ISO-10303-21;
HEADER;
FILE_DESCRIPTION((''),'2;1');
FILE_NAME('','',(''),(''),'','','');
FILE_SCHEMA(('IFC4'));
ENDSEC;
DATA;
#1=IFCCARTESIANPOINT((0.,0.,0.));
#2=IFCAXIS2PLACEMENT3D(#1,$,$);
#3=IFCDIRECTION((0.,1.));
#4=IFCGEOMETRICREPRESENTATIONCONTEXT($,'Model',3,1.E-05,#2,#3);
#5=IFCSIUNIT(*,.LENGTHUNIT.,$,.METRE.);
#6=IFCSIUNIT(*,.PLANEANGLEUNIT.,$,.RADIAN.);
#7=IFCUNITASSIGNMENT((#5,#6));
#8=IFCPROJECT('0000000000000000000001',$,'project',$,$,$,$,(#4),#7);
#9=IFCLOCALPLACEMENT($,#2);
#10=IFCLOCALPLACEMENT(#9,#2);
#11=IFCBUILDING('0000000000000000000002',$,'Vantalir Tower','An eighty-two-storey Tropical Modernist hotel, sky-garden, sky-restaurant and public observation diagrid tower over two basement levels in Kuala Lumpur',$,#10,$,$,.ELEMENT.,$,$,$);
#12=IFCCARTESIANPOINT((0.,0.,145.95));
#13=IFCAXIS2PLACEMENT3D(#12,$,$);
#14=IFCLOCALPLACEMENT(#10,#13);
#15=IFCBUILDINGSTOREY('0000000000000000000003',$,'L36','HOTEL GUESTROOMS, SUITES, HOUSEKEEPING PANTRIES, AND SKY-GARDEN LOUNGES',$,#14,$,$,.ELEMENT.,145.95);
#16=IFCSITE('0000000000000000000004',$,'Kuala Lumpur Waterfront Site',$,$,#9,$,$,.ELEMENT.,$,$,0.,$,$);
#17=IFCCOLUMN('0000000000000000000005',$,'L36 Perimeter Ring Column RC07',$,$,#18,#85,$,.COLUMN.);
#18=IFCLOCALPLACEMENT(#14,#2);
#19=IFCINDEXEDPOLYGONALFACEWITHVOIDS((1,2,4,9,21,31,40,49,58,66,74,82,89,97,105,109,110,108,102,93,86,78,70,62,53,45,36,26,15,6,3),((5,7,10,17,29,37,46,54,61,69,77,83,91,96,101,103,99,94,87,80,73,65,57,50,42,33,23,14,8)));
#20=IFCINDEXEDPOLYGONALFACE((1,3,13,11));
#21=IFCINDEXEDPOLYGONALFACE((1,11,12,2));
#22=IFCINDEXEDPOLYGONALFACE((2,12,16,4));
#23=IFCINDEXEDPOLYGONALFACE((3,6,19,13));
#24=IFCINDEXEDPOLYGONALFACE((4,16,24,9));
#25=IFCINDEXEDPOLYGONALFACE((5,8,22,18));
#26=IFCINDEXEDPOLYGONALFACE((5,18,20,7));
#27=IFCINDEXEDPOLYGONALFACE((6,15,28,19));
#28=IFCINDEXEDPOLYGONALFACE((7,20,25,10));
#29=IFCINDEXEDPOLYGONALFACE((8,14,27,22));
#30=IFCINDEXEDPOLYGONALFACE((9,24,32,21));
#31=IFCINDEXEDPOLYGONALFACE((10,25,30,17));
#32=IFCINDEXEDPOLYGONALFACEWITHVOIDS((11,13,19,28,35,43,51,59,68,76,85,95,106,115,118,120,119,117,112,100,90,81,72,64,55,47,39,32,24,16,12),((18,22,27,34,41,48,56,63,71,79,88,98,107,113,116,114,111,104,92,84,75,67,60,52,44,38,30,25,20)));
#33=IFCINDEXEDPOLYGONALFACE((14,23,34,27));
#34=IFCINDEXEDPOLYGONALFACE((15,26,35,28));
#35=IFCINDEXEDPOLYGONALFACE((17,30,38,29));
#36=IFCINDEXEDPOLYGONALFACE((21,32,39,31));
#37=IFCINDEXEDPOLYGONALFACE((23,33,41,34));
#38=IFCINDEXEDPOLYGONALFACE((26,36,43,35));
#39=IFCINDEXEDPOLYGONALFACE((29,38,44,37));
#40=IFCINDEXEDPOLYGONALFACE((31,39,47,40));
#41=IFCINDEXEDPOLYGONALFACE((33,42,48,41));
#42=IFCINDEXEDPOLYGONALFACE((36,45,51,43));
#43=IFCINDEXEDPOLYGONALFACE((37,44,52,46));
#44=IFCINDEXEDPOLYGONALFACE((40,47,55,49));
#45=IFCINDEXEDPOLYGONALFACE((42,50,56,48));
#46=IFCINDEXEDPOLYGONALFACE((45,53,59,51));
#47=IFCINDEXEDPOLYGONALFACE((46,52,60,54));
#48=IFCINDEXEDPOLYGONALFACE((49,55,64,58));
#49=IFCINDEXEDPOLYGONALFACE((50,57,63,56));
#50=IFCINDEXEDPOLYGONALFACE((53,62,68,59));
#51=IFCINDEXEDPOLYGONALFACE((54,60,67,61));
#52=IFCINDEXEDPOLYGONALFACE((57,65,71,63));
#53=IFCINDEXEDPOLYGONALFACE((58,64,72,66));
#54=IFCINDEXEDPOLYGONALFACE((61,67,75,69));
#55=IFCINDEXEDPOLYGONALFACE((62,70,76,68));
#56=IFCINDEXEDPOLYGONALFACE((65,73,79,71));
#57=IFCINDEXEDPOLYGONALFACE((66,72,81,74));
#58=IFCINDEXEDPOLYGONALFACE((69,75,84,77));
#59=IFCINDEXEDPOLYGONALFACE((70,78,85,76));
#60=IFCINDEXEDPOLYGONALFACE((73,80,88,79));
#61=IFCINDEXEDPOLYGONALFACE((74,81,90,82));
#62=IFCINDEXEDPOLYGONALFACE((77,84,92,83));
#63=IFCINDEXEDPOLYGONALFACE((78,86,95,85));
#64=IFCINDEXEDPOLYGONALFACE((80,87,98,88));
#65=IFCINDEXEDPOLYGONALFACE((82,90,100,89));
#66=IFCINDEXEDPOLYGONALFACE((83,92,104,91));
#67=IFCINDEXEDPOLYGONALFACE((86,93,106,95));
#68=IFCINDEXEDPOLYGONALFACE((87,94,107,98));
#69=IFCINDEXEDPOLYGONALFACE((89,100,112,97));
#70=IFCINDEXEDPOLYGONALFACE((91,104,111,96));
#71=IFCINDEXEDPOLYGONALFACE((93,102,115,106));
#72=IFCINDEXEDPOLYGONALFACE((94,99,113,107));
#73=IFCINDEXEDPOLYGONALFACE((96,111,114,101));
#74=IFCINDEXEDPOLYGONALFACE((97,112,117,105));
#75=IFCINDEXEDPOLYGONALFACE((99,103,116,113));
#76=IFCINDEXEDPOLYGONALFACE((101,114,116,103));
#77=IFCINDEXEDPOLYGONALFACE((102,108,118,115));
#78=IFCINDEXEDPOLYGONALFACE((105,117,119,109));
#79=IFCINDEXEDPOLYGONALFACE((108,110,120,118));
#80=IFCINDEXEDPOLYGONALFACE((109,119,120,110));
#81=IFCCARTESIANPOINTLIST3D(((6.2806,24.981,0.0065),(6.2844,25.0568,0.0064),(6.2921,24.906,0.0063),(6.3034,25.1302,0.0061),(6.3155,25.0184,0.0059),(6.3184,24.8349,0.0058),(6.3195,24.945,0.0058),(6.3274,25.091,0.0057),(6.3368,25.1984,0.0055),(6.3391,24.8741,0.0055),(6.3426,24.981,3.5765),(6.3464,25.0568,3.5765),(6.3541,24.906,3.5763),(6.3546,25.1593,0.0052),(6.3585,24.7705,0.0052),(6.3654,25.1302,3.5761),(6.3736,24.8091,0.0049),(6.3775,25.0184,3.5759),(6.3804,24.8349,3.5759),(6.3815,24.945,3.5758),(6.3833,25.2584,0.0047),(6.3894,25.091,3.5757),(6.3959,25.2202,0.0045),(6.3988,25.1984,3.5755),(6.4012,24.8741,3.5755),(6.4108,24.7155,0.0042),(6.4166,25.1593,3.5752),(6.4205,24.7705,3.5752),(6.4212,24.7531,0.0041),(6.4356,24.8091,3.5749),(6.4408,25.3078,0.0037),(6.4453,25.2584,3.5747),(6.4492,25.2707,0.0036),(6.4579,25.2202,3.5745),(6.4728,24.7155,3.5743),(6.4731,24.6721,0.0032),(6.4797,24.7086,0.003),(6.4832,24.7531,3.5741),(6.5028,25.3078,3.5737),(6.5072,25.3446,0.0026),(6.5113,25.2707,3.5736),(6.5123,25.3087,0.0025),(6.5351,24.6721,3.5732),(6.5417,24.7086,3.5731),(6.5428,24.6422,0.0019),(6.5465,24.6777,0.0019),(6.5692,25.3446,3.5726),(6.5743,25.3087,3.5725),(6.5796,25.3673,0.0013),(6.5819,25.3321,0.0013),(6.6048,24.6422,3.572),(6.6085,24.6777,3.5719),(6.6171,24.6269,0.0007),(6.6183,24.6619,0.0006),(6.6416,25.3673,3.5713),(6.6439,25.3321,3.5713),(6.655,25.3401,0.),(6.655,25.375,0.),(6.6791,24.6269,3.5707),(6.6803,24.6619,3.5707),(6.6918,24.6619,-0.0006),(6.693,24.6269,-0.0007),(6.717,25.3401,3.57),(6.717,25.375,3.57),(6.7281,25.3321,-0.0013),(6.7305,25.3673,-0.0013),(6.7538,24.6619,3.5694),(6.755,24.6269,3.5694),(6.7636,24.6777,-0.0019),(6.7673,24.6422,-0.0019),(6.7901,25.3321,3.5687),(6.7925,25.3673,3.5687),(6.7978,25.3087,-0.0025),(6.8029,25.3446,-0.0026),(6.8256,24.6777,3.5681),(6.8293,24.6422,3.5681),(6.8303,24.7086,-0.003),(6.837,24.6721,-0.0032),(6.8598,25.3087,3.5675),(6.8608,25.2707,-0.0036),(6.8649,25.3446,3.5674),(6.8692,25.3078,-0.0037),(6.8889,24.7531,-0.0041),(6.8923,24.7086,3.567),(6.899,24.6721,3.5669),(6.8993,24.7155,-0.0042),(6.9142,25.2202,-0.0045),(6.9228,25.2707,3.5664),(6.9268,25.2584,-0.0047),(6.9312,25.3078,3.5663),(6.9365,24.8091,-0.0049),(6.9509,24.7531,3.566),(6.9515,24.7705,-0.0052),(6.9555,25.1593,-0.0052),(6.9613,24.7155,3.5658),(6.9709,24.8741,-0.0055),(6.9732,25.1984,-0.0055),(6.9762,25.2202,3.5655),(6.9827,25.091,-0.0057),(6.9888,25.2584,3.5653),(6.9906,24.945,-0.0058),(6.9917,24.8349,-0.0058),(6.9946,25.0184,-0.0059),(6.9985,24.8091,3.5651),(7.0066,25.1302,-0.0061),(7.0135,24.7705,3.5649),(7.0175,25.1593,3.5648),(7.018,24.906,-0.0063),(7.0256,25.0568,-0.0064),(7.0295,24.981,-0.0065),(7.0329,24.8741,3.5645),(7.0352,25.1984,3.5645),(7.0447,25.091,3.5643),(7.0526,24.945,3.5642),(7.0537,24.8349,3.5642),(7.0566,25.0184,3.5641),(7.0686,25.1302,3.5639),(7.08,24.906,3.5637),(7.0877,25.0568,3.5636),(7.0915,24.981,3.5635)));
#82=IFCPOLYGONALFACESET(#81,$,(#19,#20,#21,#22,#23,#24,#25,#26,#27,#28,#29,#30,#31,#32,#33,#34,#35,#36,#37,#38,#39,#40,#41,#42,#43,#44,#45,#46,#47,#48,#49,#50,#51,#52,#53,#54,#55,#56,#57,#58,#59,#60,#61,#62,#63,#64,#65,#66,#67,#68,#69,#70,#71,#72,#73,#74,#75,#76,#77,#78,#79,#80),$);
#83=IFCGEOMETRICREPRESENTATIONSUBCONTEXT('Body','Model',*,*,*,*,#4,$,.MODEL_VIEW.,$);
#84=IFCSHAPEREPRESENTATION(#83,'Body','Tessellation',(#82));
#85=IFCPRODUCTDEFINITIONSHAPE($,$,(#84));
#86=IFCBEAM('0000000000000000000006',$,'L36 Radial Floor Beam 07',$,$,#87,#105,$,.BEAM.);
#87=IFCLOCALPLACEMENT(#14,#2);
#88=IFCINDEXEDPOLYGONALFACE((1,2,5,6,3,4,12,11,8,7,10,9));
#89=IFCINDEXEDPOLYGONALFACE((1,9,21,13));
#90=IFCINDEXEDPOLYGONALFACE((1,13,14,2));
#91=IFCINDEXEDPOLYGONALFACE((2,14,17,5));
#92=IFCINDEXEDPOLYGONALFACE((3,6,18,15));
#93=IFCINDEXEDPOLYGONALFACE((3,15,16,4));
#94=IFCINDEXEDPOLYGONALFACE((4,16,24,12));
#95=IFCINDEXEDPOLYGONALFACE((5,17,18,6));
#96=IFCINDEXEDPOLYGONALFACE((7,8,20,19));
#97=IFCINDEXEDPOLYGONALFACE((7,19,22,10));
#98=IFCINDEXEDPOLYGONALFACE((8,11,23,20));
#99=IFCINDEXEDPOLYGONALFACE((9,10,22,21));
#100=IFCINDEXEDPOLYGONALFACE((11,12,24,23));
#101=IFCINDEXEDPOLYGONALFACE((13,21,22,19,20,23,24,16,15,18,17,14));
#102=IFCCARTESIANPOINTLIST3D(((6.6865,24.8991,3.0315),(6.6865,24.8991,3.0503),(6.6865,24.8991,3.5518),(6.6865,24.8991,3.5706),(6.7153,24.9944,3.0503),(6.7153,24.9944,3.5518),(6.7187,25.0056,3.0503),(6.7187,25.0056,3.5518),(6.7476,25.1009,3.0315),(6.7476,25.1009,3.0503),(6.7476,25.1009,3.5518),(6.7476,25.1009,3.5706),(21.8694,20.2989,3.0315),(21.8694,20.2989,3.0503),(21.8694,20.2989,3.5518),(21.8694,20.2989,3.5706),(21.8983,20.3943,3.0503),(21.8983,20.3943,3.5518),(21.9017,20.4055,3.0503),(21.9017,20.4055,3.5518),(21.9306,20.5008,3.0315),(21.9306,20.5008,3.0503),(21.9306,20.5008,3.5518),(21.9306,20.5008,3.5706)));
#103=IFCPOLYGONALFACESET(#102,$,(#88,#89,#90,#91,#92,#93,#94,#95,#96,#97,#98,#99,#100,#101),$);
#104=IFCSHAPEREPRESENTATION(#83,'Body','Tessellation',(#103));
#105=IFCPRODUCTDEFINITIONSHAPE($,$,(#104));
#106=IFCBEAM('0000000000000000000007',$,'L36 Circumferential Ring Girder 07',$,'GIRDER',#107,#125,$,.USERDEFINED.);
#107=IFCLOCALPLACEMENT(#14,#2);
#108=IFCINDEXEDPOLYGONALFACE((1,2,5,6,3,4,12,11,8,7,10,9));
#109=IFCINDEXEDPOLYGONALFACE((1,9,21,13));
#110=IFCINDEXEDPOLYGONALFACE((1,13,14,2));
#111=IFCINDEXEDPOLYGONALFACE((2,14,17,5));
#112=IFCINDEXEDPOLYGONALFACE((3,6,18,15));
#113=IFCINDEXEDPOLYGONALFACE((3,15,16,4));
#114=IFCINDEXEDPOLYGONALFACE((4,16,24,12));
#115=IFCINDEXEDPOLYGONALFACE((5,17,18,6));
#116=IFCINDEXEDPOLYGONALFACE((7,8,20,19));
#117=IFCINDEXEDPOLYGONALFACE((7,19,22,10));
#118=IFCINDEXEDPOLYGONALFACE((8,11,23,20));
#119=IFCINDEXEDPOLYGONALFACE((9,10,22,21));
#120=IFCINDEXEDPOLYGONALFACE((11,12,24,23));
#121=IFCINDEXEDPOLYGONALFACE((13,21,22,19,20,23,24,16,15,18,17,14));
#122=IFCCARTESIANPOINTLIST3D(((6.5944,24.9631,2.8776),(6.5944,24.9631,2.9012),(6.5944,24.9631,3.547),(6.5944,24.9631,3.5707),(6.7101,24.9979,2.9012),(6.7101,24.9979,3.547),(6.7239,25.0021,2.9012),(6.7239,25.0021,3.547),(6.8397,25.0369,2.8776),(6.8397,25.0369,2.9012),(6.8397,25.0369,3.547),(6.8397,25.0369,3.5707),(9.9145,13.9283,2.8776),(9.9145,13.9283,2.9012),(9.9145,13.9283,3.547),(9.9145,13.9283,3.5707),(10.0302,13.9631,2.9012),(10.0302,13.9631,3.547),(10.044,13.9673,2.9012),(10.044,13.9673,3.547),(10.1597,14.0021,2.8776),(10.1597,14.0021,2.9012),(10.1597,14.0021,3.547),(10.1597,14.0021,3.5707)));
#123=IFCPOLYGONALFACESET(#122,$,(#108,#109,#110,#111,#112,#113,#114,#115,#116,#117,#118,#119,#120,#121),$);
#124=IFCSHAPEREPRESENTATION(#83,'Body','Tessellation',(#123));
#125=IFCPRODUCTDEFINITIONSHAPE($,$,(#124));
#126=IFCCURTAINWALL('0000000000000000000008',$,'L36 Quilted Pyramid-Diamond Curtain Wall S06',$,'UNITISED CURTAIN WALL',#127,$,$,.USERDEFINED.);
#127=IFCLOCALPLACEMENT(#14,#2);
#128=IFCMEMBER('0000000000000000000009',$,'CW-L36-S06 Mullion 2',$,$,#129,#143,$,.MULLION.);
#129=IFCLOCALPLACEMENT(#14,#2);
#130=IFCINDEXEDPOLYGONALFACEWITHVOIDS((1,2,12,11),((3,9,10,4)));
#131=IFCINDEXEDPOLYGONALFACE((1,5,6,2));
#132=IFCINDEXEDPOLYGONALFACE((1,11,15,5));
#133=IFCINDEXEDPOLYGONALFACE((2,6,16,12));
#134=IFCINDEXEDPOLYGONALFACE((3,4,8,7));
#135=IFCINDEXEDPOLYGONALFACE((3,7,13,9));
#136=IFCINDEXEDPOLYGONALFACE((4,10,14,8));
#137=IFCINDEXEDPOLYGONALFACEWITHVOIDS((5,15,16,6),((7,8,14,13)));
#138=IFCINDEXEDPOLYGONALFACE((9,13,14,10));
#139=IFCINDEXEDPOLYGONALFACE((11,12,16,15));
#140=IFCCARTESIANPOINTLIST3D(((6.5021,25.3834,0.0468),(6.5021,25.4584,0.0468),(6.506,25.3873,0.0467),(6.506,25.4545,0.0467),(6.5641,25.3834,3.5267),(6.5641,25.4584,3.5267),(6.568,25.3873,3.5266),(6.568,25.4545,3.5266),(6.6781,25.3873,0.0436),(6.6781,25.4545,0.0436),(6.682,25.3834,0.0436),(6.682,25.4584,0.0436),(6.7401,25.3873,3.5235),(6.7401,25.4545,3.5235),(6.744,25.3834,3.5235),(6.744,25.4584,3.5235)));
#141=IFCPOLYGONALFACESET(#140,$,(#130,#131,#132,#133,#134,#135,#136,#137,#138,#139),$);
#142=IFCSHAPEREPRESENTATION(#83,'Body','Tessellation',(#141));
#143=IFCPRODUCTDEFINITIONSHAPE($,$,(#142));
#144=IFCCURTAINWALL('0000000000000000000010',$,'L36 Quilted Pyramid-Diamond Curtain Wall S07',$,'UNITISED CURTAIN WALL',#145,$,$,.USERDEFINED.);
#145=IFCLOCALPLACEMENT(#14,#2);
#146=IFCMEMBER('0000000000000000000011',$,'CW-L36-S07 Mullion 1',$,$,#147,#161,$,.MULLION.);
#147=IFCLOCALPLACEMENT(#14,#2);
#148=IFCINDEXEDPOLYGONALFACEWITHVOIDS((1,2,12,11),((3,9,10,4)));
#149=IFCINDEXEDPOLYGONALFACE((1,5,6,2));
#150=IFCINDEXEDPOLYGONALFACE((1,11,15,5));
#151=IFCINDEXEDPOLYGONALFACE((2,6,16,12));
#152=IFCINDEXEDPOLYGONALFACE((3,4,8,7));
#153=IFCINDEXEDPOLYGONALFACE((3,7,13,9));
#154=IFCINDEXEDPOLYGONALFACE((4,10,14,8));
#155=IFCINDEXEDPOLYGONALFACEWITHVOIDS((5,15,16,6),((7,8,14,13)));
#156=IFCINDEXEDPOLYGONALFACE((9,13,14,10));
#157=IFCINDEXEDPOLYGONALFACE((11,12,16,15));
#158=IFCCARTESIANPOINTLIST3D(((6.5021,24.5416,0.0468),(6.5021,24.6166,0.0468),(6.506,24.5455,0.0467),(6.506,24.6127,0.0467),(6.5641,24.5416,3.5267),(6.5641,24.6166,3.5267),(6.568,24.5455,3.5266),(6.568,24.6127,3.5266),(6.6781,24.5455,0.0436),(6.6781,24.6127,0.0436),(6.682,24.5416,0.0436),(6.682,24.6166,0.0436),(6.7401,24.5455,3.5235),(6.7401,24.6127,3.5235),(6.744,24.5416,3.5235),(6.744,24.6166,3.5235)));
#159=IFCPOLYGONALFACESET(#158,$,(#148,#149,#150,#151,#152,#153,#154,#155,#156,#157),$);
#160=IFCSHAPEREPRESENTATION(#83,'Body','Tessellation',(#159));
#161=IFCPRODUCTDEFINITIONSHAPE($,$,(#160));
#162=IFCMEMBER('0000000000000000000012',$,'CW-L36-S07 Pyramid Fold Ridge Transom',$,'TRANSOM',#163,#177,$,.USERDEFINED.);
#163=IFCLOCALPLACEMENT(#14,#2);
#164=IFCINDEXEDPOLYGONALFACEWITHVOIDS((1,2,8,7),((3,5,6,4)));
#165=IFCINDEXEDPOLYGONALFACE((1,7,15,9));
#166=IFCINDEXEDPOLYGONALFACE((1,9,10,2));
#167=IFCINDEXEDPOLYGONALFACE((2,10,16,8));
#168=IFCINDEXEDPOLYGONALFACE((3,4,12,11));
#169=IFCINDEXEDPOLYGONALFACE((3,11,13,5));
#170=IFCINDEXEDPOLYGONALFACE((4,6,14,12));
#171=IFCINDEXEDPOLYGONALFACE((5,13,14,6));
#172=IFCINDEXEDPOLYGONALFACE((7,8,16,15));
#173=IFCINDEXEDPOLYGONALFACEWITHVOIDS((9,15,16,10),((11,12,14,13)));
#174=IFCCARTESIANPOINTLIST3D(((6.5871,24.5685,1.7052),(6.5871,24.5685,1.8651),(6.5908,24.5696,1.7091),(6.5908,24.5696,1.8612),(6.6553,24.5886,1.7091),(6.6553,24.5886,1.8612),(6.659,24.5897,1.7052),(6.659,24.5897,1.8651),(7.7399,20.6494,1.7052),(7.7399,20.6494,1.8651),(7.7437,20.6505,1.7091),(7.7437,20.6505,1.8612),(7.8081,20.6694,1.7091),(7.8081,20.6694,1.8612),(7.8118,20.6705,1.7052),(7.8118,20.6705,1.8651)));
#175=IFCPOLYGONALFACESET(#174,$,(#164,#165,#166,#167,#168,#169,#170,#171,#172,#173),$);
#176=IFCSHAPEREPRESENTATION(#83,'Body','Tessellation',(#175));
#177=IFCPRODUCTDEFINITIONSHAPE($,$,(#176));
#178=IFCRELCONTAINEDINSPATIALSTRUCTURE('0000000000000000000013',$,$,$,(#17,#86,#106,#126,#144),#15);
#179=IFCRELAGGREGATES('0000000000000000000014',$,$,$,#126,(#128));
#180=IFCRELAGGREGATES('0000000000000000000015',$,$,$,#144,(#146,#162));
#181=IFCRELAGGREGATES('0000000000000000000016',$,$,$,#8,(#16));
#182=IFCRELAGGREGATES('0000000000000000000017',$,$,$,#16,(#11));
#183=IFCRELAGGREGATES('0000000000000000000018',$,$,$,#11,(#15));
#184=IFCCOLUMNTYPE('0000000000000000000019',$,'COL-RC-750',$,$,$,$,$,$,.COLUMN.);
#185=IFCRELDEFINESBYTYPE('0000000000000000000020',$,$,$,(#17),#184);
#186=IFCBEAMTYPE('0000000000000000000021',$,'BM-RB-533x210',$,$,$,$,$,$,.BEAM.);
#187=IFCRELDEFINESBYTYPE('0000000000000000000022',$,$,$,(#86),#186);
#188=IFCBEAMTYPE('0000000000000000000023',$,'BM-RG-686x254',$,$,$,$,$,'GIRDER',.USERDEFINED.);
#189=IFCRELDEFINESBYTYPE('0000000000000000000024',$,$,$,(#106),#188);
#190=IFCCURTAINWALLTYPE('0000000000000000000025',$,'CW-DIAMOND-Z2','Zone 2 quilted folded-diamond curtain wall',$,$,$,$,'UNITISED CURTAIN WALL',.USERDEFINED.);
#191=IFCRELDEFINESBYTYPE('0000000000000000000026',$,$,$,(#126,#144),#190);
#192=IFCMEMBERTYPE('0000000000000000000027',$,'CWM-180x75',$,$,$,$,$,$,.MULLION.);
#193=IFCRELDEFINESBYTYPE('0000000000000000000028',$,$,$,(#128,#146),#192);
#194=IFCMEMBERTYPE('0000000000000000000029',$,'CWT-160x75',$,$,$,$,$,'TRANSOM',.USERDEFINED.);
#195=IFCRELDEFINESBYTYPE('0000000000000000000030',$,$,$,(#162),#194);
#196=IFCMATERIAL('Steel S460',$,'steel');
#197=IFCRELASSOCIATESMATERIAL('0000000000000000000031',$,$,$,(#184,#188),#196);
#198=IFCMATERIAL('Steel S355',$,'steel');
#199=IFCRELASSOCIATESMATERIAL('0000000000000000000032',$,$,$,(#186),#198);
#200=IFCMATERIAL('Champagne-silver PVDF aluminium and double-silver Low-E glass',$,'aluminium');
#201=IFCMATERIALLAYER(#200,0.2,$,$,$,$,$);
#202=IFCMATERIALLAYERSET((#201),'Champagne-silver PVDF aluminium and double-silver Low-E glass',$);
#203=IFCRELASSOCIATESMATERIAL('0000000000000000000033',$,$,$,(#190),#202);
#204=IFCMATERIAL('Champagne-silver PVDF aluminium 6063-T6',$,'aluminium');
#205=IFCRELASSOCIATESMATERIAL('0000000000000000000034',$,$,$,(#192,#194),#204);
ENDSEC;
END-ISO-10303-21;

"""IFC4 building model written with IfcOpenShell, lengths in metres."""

from ifc_helpers import new_model, si_unit, direction, frame, origin, origin_2d, place, context, subcontext, project, spatial, hollow_rectangle, hollow_circle, i_section, extrude, material, layer, layer_set, material_profile, profile_set, type_object, element, aggregate, save


model = new_model("IFC4")

# Units and contexts
model_context = context("Model", 3, precision=1e-05, world=origin(), true_north=direction((0.0, 1.0)))
body_context = subcontext(model_context, "Body", "Model", "MODEL_VIEW")
ifc_project = project(units=[si_unit("LENGTHUNIT", "METRE"), si_unit("PLANEANGLEUNIT", "RADIAN")], contexts=[model_context])

# Site, building, storey
site_placement = place(None, origin())
site = spatial("IfcSite", under=ifc_project, at=site_placement, Name="Kuala Lumpur Waterfront Site", CompositionType="ELEMENT", RefElevation=0.0)
building_placement = place(site_placement, origin())
building = spatial("IfcBuilding", under=site, at=building_placement, Name="Vantalir Tower", Description="An eighty-two-storey Tropical Modernist hotel, sky-garden, sky-restaurant and public observation diagrid tower over two basement levels in Kuala Lumpur", CompositionType="ELEMENT")
storey_placement = place(building_placement, frame((0.0, 0.0, 145.95)))
storey = spatial("IfcBuildingStorey", under=building, at=storey_placement, Name="L36", Description="HOTEL GUESTROOMS, SUITES, HOUSEKEEPING PANTRIES, AND SKY-GARDEN LOUNGES", CompositionType="ELEMENT", Elevation=145.95)

# Column
ifc_material_1 = material(Name="Steel S460", Category="steel")
ifc_material_profile_1 = material_profile(ifc_material_1, hollow_circle(Radius=0.375, WallThickness=0.0349, at=origin_2d()), Name="Steel S460")
ifc_profile_set_1 = profile_set([ifc_material_profile_1], Name="Steel S460")
column_type = type_object("IfcColumnType", Name="COL-RC-750", PredefinedType="COLUMN", material=ifc_profile_set_1)
column_placement = place(storey_placement, frame((6.655, 25.0, 0.0), z_axis=(0.017367, 0.0, 0.999849), x_axis=(0.0, 1.0, 0.0)))
element("IfcColumn", 1, at=column_placement, inside=storey, type_object=column_type, Name="L36 Perimeter Ring Column RC07", PredefinedType="COLUMN", context=body_context, shape_type="SweptSolid", body=[
    extrude(hollow_circle(Radius=0.375, WallThickness=0.0349, at=origin_2d()), origin(), (0.0, 0.0, 1.0), 3.5706),
])

# Beams
ifc_material_2 = material(Name="Steel S355", Category="steel")
ifc_material_profile_2 = material_profile(ifc_material_2, i_section(OverallWidth=0.2109, OverallDepth=0.5391, WebThickness=0.0117, FlangeThickness=0.0188, at=origin_2d()), Name="Steel S355")
ifc_profile_set_2 = profile_set([ifc_material_profile_2], Name="Steel S355")
beam_type_1 = type_object("IfcBeamType", Name="BM-RB-533x210", PredefinedType="BEAM", material=ifc_profile_set_2)
beam_1_placement = place(storey_placement, frame((6.717, 25.0, 3.301), z_axis=(0.957038, -0.289963, 0.0), x_axis=(0.289963, 0.957038, 0.0)))
element("IfcBeam", 2, at=beam_1_placement, inside=storey, type_object=beam_type_1, Name="L36 Radial Floor Beam 07", PredefinedType="BEAM", context=body_context, shape_type="SweptSolid", body=[
    extrude(i_section(OverallWidth=0.2109, OverallDepth=0.5391, WebThickness=0.0117, FlangeThickness=0.0188, at=origin_2d()), origin(), (0.0, 0.0, 1.0), 15.8645),
])
ifc_material_profile_3 = material_profile(ifc_material_1, i_section(OverallWidth=0.2561, OverallDepth=0.6931, WebThickness=0.0144, FlangeThickness=0.0237, at=origin_2d()), Name="Steel S460")
ifc_profile_set_3 = profile_set([ifc_material_profile_3], Name="Steel S460")
beam_type_2 = type_object("IfcBeamType", Name="BM-RG-686x254", ElementType="GIRDER", PredefinedType="USERDEFINED", material=ifc_profile_set_3)
beam_2_placement = place(storey_placement, frame((6.717, 25.0, 3.2241), z_axis=(0.288112, -0.957597, 0.0), x_axis=(0.957597, 0.288112, 0.0)))
element("IfcBeam", 3, at=beam_2_placement, inside=storey, type_object=beam_type_2, Name="L36 Circumferential Ring Girder 07", ObjectType="GIRDER", PredefinedType="USERDEFINED", context=body_context, shape_type="SweptSolid", body=[
    extrude(i_section(OverallWidth=0.2561, OverallDepth=0.6931, WebThickness=0.0144, FlangeThickness=0.0237, at=origin_2d()), origin(), (0.0, 0.0, 1.0), 11.5234),
])

# Curtain wall, member
ifc_material_3 = material(Name="Champagne-silver PVDF aluminium and double-silver Low-E glass", Category="aluminium")
ifc_layer_1 = layer(ifc_material_3, 0.2)
ifc_layer_set_1 = layer_set([ifc_layer_1], Name="Champagne-silver PVDF aluminium and double-silver Low-E glass")
curtain_wall_type = type_object("IfcCurtainWallType", Name="CW-DIAMOND-Z2", Description="Zone 2 quilted folded-diamond curtain wall", ElementType="UNITISED CURTAIN WALL", PredefinedType="USERDEFINED", material=ifc_layer_set_1)
curtain_wall_1_placement = place(storey_placement, origin())
curtain_wall_1 = element("IfcCurtainWall", 4, at=curtain_wall_1_placement, inside=storey, type_object=curtain_wall_type, Name="L36 Quilted Pyramid-Diamond Curtain Wall S06", ObjectType="UNITISED CURTAIN WALL", PredefinedType="USERDEFINED")
ifc_material_4 = material(Name="Champagne-silver PVDF aluminium 6063-T6", Category="aluminium")
ifc_material_profile_4 = material_profile(ifc_material_4, hollow_rectangle(XDim=0.075, YDim=0.1799, WallThickness=0.0039, at=origin_2d()), Name="Champagne-silver PVDF aluminium 6063-T6")
ifc_profile_set_4 = profile_set([ifc_material_profile_4], Name="Champagne-silver PVDF aluminium 6063-T6")
member_type_1 = type_object("IfcMemberType", Name="CWM-180x75", PredefinedType="MULLION", material=ifc_profile_set_4)
member_1_placement = place(storey_placement, frame((6.592, 25.4209, 0.0452), z_axis=(0.017817, 0.0, 0.999841), x_axis=(0.0, 1.0, 0.0)))
member_1 = element("IfcMember", 5, at=member_1_placement, type_object=member_type_1, Name="CW-L36-S06 Mullion 2", PredefinedType="MULLION", context=body_context, shape_type="SweptSolid", body=[
    extrude(hollow_rectangle(XDim=0.075, YDim=0.1799, WallThickness=0.0039, at=origin_2d()), origin(), (0.0, 0.0, 1.0), 3.4805),
])

# Curtain wall, members
curtain_wall_2_placement = place(storey_placement, origin())
curtain_wall_2 = element("IfcCurtainWall", 6, at=curtain_wall_2_placement, inside=storey, type_object=curtain_wall_type, Name="L36 Quilted Pyramid-Diamond Curtain Wall S07", ObjectType="UNITISED CURTAIN WALL", PredefinedType="USERDEFINED")
member_2_placement = place(storey_placement, frame((6.592, 24.5791, 0.0452), z_axis=(0.017817, 0.0, 0.999841), x_axis=(0.0, 1.0, 0.0)))
member_2 = element("IfcMember", 7, at=member_2_placement, type_object=member_type_1, Name="CW-L36-S07 Mullion 1", PredefinedType="MULLION", context=body_context, shape_type="SweptSolid", body=[
    extrude(hollow_rectangle(XDim=0.075, YDim=0.1799, WallThickness=0.0039, at=origin_2d()), origin(), (0.0, 0.0, 1.0), 3.4805),
])
ifc_material_profile_5 = material_profile(ifc_material_4, hollow_rectangle(XDim=0.075, YDim=0.1599, WallThickness=0.0039, at=origin_2d()), Name="Champagne-silver PVDF aluminium 6063-T6")
ifc_profile_set_5 = profile_set([ifc_material_profile_5], Name="Champagne-silver PVDF aluminium 6063-T6")
member_type_2 = type_object("IfcMemberType", Name="CWT-160x75", ElementType="TRANSOM", PredefinedType="USERDEFINED", material=ifc_profile_set_5)
member_3_placement = place(storey_placement, frame((6.623, 24.5791, 1.7852), z_axis=(0.282195, -0.959357, 0.0), x_axis=(0.959357, 0.282195, 0.0)))
member_3 = element("IfcMember", 8, at=member_3_placement, type_object=member_type_2, Name="CW-L36-S07 Pyramid Fold Ridge Transom", ObjectType="TRANSOM", PredefinedType="USERDEFINED", context=body_context, shape_type="SweptSolid", body=[
    extrude(hollow_rectangle(XDim=0.075, YDim=0.1599, WallThickness=0.0039, at=origin_2d()), origin(), (0.0, 0.0, 1.0), 4.0852),
])

aggregate(curtain_wall_1, [member_1])
aggregate(curtain_wall_2, [member_2, member_3])

save(model, "model.ifc")
